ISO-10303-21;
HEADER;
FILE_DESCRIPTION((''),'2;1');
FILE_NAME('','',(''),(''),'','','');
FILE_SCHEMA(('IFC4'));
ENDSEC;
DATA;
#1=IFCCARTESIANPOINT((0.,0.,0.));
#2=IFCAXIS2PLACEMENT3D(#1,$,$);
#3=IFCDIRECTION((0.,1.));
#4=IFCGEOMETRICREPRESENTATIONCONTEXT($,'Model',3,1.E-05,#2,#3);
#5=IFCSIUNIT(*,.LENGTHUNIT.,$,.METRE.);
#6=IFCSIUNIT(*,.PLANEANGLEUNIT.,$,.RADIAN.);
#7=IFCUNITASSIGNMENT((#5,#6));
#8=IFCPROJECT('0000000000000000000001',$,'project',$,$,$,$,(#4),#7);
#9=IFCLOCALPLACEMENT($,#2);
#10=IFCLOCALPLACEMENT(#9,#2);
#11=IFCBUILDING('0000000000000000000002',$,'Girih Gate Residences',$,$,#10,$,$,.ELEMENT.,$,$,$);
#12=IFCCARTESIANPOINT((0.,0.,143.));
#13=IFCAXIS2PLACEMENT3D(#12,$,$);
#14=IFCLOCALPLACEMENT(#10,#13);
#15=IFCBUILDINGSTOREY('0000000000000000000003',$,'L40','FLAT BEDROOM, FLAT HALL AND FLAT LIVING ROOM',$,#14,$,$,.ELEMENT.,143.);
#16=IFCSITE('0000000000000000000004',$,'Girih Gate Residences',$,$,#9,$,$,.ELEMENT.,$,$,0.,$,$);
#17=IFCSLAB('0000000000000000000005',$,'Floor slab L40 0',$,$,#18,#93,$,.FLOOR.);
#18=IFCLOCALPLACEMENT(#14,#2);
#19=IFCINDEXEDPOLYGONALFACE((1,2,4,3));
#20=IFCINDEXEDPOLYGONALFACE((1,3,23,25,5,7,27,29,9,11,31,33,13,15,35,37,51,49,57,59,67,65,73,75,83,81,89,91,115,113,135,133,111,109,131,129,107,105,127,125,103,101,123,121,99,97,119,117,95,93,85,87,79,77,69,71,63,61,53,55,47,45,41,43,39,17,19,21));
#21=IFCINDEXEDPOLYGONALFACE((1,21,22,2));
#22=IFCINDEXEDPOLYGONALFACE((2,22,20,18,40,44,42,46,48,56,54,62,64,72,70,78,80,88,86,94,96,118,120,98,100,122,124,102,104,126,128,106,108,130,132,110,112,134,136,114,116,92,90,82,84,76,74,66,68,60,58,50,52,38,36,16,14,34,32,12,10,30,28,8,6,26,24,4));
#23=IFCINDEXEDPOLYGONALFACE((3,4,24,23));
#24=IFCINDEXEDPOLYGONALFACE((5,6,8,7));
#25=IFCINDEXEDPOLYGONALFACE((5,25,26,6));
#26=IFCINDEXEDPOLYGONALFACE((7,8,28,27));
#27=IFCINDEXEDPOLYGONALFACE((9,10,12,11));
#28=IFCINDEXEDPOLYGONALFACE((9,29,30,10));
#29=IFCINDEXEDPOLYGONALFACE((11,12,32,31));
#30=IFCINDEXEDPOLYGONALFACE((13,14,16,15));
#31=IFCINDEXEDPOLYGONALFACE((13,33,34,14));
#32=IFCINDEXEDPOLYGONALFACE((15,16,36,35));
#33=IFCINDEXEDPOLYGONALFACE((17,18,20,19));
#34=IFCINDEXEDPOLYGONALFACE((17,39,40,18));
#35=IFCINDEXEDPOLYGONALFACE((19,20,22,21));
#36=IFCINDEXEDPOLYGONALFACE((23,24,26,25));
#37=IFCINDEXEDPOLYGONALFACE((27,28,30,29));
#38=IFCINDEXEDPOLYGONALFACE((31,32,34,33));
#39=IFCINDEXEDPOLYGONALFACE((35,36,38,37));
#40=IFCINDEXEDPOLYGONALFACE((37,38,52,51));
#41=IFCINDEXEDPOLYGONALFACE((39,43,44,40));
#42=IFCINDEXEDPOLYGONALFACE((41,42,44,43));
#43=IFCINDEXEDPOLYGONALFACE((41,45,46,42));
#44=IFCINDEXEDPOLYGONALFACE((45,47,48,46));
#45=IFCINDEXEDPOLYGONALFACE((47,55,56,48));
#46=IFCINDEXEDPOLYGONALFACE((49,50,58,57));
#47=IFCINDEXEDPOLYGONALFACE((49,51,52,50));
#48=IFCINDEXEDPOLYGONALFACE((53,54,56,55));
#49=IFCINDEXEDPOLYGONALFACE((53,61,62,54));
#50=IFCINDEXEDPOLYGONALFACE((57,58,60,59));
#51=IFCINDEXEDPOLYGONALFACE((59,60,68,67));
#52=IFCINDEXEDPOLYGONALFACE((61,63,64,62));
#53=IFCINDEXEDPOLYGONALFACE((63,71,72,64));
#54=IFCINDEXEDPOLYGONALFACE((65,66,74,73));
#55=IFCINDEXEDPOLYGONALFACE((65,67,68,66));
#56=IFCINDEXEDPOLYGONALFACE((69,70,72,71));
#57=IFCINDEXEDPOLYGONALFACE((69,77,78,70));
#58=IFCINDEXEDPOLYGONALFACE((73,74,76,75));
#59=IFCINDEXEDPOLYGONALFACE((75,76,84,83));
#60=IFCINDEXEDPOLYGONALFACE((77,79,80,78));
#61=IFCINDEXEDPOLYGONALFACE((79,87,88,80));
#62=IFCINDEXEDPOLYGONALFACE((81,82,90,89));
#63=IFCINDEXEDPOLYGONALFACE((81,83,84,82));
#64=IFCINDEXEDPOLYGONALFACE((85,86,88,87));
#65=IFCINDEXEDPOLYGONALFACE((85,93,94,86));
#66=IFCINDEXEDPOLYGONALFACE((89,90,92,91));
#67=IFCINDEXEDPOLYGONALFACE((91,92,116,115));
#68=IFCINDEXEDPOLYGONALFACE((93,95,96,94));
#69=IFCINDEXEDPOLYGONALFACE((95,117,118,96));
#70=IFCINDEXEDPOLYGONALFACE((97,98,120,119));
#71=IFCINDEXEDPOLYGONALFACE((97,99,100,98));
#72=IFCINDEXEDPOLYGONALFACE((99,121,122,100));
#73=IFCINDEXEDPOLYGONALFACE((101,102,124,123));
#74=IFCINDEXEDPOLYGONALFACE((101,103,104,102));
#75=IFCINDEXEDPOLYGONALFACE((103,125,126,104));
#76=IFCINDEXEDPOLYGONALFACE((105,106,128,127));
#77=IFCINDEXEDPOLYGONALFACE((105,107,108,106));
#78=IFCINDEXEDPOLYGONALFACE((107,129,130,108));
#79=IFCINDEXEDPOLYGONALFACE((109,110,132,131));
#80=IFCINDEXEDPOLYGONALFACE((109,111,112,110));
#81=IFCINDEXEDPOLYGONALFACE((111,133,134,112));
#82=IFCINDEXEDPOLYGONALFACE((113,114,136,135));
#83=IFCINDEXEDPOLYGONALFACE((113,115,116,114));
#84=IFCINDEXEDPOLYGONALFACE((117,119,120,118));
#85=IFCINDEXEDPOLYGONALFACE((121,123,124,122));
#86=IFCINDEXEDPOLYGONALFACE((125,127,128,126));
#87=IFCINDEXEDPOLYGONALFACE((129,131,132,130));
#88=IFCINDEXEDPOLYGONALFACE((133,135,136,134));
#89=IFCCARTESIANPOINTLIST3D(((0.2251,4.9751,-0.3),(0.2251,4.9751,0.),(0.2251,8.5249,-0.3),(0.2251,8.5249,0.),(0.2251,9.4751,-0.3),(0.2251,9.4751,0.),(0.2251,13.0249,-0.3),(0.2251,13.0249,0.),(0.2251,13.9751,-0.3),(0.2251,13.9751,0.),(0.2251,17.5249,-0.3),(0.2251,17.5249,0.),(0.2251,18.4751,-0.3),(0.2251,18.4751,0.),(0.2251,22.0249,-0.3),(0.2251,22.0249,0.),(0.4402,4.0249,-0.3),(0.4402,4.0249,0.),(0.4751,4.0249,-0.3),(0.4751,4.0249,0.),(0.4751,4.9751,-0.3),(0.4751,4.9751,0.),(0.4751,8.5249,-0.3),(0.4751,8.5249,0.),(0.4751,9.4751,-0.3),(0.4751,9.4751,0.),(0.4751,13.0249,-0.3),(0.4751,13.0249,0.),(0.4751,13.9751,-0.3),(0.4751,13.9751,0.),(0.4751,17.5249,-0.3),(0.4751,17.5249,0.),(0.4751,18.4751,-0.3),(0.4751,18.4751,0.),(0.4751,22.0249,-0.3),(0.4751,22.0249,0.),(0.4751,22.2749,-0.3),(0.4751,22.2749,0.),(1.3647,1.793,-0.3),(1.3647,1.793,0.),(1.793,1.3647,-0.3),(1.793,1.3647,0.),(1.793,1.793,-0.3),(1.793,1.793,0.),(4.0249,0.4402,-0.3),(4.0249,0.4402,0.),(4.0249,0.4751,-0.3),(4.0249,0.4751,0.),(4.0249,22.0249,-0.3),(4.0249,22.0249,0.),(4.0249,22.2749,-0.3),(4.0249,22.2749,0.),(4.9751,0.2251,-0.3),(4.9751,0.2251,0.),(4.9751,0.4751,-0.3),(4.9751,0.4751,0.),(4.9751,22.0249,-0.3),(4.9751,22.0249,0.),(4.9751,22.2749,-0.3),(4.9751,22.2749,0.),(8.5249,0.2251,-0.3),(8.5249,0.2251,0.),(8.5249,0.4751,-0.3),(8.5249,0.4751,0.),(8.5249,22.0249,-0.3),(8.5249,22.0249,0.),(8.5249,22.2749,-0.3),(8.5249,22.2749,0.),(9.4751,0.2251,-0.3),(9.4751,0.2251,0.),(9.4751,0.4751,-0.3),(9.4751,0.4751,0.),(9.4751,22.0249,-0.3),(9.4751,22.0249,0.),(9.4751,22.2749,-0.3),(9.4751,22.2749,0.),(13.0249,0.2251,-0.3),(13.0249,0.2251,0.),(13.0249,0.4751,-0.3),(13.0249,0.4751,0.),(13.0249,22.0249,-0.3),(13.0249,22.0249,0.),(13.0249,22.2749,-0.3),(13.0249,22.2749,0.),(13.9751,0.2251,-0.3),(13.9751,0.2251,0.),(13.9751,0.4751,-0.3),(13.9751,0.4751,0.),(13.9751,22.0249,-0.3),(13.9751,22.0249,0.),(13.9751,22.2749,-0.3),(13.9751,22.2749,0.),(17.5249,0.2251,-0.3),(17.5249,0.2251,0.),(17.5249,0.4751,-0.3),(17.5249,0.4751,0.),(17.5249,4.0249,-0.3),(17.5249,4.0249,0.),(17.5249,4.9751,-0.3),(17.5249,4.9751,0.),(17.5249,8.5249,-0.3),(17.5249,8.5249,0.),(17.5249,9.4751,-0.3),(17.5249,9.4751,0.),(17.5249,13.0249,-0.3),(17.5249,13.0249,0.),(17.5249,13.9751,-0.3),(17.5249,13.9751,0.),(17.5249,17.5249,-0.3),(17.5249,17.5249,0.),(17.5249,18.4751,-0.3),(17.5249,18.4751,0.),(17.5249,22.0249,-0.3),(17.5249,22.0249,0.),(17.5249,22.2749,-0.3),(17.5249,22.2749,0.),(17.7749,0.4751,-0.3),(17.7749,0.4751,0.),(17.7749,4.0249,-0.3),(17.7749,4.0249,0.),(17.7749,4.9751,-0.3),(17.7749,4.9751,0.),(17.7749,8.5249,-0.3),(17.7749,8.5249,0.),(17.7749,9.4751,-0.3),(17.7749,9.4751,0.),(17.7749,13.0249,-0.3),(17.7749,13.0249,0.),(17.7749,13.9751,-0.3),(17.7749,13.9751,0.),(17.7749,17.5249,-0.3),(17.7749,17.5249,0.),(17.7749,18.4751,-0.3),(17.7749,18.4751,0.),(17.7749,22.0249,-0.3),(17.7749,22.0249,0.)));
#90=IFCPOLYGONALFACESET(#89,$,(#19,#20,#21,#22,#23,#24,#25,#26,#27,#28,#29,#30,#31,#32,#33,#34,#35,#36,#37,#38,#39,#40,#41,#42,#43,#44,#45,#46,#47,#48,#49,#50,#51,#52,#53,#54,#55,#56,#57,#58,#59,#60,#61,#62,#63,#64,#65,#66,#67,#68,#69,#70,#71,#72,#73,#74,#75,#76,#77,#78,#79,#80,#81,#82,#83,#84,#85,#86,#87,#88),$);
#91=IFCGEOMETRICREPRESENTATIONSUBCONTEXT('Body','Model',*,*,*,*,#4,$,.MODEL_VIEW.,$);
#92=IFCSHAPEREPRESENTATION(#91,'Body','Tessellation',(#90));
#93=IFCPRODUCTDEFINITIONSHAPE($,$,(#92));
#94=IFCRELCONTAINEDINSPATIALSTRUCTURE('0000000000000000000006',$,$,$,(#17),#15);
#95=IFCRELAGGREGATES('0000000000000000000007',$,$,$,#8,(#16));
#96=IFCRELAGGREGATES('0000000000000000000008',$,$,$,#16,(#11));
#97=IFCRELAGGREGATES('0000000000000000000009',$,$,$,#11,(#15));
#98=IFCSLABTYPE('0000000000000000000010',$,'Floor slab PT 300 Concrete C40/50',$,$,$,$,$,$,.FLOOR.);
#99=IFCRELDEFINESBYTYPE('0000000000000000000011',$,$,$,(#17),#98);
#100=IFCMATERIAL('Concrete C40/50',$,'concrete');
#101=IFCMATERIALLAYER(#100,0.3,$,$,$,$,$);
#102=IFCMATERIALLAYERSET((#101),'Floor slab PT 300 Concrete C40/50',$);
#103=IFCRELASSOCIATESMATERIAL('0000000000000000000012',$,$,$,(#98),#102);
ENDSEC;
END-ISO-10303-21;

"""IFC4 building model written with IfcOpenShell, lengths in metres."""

from ifc_helpers import new_model, si_unit, direction, frame, origin, place, context, subcontext, project, spatial, polyline, outline, extrude, material, layer, layer_set, type_object, element, save


model = new_model("IFC4")

# Units and contexts
model_context = context("Model", 3, precision=1e-05, world=origin(), true_north=direction((0.0, 1.0)))
body_context = subcontext(model_context, "Body", "Model", "MODEL_VIEW")
ifc_project = project(units=[si_unit("LENGTHUNIT", "METRE"), si_unit("PLANEANGLEUNIT", "RADIAN")], contexts=[model_context])

# Site, building, storey
site_placement = place(None, origin())
site = spatial("IfcSite", under=ifc_project, at=site_placement, Name="Girih Gate Residences", CompositionType="ELEMENT", RefElevation=0.0)
building_placement = place(site_placement, origin())
building = spatial("IfcBuilding", under=site, at=building_placement, Name="Girih Gate Residences", CompositionType="ELEMENT")
storey_placement = place(building_placement, frame((0.0, 0.0, 143.0)))
storey = spatial("IfcBuildingStorey", under=building, at=storey_placement, Name="L40", Description="FLAT BEDROOM, FLAT HALL AND FLAT LIVING ROOM", CompositionType="ELEMENT", Elevation=143.0)

# Slab
ifc_material_1 = material(Name="Concrete C40/50", Category="concrete")
ifc_layer_1 = layer(ifc_material_1, 0.3)
ifc_layer_set_1 = layer_set([ifc_layer_1], Name="Floor slab PT 300 Concrete C40/50")
slab_type_1 = type_object("IfcSlabType", Name="Floor slab PT 300 Concrete C40/50", PredefinedType="FLOOR", material=ifc_layer_set_1)
slab_1_placement = place(storey_placement, frame((0.0, 0.0, -0.3)))
element("IfcSlab", 1, at=slab_1_placement, inside=storey, type_object=slab_type_1, Name="Floor slab L40 0", PredefinedType="FLOOR", context=body_context, shape_type="SweptSolid", body=[
    extrude(outline(polyline([(0.2251, 8.5249), (0.2251, 4.9751), (0.4751, 4.9751), (0.4751, 4.0249), (0.4402, 4.0249), (1.3647, 1.793), (1.793, 1.793), (1.793, 1.3647), (4.0249, 0.4402), (4.0249, 0.4751), (4.9751, 0.4751), (4.9751, 0.2251), (8.5249, 0.2251), (8.5249, 0.4751), (9.4751, 0.4751), (9.4751, 0.2251), (13.0249, 0.2251), (13.0249, 0.4751), (13.9751, 0.4751), (13.9751, 0.2251), (17.5249, 0.2251), (17.5249, 0.4751), (17.7749, 0.4751), (17.7749, 4.0249), (17.5249, 4.0249), (17.5249, 4.9751), (17.7749, 4.9751), (17.7749, 8.5249), (17.5249, 8.5249), (17.5249, 9.4751), (17.7749, 9.4751), (17.7749, 13.0249), (17.5249, 13.0249), (17.5249, 13.9751), (17.7749, 13.9751), (17.7749, 17.5249), (17.5249, 17.5249), (17.5249, 18.4751), (17.7749, 18.4751), (17.7749, 22.0249), (17.5249, 22.0249), (17.5249, 22.2749), (13.9751, 22.2749), (13.9751, 22.0249), (13.0249, 22.0249), (13.0249, 22.2749), (9.4751, 22.2749), (9.4751, 22.0249), (8.5249, 22.0249), (8.5249, 22.2749), (4.9751, 22.2749), (4.9751, 22.0249), (4.0249, 22.0249), (4.0249, 22.2749), (0.4751, 22.2749), (0.4751, 22.0249), (0.2251, 22.0249), (0.2251, 18.4751), (0.4751, 18.4751), (0.4751, 17.5249), (0.2251, 17.5249), (0.2251, 13.9751), (0.4751, 13.9751), (0.4751, 13.0249), (0.2251, 13.0249), (0.2251, 9.4751), (0.4751, 9.4751), (0.4751, 8.5249), (0.2251, 8.5249)])), origin(), (0.0, 0.0, 1.0), 0.3),
])

save(model, "model.ifc")
